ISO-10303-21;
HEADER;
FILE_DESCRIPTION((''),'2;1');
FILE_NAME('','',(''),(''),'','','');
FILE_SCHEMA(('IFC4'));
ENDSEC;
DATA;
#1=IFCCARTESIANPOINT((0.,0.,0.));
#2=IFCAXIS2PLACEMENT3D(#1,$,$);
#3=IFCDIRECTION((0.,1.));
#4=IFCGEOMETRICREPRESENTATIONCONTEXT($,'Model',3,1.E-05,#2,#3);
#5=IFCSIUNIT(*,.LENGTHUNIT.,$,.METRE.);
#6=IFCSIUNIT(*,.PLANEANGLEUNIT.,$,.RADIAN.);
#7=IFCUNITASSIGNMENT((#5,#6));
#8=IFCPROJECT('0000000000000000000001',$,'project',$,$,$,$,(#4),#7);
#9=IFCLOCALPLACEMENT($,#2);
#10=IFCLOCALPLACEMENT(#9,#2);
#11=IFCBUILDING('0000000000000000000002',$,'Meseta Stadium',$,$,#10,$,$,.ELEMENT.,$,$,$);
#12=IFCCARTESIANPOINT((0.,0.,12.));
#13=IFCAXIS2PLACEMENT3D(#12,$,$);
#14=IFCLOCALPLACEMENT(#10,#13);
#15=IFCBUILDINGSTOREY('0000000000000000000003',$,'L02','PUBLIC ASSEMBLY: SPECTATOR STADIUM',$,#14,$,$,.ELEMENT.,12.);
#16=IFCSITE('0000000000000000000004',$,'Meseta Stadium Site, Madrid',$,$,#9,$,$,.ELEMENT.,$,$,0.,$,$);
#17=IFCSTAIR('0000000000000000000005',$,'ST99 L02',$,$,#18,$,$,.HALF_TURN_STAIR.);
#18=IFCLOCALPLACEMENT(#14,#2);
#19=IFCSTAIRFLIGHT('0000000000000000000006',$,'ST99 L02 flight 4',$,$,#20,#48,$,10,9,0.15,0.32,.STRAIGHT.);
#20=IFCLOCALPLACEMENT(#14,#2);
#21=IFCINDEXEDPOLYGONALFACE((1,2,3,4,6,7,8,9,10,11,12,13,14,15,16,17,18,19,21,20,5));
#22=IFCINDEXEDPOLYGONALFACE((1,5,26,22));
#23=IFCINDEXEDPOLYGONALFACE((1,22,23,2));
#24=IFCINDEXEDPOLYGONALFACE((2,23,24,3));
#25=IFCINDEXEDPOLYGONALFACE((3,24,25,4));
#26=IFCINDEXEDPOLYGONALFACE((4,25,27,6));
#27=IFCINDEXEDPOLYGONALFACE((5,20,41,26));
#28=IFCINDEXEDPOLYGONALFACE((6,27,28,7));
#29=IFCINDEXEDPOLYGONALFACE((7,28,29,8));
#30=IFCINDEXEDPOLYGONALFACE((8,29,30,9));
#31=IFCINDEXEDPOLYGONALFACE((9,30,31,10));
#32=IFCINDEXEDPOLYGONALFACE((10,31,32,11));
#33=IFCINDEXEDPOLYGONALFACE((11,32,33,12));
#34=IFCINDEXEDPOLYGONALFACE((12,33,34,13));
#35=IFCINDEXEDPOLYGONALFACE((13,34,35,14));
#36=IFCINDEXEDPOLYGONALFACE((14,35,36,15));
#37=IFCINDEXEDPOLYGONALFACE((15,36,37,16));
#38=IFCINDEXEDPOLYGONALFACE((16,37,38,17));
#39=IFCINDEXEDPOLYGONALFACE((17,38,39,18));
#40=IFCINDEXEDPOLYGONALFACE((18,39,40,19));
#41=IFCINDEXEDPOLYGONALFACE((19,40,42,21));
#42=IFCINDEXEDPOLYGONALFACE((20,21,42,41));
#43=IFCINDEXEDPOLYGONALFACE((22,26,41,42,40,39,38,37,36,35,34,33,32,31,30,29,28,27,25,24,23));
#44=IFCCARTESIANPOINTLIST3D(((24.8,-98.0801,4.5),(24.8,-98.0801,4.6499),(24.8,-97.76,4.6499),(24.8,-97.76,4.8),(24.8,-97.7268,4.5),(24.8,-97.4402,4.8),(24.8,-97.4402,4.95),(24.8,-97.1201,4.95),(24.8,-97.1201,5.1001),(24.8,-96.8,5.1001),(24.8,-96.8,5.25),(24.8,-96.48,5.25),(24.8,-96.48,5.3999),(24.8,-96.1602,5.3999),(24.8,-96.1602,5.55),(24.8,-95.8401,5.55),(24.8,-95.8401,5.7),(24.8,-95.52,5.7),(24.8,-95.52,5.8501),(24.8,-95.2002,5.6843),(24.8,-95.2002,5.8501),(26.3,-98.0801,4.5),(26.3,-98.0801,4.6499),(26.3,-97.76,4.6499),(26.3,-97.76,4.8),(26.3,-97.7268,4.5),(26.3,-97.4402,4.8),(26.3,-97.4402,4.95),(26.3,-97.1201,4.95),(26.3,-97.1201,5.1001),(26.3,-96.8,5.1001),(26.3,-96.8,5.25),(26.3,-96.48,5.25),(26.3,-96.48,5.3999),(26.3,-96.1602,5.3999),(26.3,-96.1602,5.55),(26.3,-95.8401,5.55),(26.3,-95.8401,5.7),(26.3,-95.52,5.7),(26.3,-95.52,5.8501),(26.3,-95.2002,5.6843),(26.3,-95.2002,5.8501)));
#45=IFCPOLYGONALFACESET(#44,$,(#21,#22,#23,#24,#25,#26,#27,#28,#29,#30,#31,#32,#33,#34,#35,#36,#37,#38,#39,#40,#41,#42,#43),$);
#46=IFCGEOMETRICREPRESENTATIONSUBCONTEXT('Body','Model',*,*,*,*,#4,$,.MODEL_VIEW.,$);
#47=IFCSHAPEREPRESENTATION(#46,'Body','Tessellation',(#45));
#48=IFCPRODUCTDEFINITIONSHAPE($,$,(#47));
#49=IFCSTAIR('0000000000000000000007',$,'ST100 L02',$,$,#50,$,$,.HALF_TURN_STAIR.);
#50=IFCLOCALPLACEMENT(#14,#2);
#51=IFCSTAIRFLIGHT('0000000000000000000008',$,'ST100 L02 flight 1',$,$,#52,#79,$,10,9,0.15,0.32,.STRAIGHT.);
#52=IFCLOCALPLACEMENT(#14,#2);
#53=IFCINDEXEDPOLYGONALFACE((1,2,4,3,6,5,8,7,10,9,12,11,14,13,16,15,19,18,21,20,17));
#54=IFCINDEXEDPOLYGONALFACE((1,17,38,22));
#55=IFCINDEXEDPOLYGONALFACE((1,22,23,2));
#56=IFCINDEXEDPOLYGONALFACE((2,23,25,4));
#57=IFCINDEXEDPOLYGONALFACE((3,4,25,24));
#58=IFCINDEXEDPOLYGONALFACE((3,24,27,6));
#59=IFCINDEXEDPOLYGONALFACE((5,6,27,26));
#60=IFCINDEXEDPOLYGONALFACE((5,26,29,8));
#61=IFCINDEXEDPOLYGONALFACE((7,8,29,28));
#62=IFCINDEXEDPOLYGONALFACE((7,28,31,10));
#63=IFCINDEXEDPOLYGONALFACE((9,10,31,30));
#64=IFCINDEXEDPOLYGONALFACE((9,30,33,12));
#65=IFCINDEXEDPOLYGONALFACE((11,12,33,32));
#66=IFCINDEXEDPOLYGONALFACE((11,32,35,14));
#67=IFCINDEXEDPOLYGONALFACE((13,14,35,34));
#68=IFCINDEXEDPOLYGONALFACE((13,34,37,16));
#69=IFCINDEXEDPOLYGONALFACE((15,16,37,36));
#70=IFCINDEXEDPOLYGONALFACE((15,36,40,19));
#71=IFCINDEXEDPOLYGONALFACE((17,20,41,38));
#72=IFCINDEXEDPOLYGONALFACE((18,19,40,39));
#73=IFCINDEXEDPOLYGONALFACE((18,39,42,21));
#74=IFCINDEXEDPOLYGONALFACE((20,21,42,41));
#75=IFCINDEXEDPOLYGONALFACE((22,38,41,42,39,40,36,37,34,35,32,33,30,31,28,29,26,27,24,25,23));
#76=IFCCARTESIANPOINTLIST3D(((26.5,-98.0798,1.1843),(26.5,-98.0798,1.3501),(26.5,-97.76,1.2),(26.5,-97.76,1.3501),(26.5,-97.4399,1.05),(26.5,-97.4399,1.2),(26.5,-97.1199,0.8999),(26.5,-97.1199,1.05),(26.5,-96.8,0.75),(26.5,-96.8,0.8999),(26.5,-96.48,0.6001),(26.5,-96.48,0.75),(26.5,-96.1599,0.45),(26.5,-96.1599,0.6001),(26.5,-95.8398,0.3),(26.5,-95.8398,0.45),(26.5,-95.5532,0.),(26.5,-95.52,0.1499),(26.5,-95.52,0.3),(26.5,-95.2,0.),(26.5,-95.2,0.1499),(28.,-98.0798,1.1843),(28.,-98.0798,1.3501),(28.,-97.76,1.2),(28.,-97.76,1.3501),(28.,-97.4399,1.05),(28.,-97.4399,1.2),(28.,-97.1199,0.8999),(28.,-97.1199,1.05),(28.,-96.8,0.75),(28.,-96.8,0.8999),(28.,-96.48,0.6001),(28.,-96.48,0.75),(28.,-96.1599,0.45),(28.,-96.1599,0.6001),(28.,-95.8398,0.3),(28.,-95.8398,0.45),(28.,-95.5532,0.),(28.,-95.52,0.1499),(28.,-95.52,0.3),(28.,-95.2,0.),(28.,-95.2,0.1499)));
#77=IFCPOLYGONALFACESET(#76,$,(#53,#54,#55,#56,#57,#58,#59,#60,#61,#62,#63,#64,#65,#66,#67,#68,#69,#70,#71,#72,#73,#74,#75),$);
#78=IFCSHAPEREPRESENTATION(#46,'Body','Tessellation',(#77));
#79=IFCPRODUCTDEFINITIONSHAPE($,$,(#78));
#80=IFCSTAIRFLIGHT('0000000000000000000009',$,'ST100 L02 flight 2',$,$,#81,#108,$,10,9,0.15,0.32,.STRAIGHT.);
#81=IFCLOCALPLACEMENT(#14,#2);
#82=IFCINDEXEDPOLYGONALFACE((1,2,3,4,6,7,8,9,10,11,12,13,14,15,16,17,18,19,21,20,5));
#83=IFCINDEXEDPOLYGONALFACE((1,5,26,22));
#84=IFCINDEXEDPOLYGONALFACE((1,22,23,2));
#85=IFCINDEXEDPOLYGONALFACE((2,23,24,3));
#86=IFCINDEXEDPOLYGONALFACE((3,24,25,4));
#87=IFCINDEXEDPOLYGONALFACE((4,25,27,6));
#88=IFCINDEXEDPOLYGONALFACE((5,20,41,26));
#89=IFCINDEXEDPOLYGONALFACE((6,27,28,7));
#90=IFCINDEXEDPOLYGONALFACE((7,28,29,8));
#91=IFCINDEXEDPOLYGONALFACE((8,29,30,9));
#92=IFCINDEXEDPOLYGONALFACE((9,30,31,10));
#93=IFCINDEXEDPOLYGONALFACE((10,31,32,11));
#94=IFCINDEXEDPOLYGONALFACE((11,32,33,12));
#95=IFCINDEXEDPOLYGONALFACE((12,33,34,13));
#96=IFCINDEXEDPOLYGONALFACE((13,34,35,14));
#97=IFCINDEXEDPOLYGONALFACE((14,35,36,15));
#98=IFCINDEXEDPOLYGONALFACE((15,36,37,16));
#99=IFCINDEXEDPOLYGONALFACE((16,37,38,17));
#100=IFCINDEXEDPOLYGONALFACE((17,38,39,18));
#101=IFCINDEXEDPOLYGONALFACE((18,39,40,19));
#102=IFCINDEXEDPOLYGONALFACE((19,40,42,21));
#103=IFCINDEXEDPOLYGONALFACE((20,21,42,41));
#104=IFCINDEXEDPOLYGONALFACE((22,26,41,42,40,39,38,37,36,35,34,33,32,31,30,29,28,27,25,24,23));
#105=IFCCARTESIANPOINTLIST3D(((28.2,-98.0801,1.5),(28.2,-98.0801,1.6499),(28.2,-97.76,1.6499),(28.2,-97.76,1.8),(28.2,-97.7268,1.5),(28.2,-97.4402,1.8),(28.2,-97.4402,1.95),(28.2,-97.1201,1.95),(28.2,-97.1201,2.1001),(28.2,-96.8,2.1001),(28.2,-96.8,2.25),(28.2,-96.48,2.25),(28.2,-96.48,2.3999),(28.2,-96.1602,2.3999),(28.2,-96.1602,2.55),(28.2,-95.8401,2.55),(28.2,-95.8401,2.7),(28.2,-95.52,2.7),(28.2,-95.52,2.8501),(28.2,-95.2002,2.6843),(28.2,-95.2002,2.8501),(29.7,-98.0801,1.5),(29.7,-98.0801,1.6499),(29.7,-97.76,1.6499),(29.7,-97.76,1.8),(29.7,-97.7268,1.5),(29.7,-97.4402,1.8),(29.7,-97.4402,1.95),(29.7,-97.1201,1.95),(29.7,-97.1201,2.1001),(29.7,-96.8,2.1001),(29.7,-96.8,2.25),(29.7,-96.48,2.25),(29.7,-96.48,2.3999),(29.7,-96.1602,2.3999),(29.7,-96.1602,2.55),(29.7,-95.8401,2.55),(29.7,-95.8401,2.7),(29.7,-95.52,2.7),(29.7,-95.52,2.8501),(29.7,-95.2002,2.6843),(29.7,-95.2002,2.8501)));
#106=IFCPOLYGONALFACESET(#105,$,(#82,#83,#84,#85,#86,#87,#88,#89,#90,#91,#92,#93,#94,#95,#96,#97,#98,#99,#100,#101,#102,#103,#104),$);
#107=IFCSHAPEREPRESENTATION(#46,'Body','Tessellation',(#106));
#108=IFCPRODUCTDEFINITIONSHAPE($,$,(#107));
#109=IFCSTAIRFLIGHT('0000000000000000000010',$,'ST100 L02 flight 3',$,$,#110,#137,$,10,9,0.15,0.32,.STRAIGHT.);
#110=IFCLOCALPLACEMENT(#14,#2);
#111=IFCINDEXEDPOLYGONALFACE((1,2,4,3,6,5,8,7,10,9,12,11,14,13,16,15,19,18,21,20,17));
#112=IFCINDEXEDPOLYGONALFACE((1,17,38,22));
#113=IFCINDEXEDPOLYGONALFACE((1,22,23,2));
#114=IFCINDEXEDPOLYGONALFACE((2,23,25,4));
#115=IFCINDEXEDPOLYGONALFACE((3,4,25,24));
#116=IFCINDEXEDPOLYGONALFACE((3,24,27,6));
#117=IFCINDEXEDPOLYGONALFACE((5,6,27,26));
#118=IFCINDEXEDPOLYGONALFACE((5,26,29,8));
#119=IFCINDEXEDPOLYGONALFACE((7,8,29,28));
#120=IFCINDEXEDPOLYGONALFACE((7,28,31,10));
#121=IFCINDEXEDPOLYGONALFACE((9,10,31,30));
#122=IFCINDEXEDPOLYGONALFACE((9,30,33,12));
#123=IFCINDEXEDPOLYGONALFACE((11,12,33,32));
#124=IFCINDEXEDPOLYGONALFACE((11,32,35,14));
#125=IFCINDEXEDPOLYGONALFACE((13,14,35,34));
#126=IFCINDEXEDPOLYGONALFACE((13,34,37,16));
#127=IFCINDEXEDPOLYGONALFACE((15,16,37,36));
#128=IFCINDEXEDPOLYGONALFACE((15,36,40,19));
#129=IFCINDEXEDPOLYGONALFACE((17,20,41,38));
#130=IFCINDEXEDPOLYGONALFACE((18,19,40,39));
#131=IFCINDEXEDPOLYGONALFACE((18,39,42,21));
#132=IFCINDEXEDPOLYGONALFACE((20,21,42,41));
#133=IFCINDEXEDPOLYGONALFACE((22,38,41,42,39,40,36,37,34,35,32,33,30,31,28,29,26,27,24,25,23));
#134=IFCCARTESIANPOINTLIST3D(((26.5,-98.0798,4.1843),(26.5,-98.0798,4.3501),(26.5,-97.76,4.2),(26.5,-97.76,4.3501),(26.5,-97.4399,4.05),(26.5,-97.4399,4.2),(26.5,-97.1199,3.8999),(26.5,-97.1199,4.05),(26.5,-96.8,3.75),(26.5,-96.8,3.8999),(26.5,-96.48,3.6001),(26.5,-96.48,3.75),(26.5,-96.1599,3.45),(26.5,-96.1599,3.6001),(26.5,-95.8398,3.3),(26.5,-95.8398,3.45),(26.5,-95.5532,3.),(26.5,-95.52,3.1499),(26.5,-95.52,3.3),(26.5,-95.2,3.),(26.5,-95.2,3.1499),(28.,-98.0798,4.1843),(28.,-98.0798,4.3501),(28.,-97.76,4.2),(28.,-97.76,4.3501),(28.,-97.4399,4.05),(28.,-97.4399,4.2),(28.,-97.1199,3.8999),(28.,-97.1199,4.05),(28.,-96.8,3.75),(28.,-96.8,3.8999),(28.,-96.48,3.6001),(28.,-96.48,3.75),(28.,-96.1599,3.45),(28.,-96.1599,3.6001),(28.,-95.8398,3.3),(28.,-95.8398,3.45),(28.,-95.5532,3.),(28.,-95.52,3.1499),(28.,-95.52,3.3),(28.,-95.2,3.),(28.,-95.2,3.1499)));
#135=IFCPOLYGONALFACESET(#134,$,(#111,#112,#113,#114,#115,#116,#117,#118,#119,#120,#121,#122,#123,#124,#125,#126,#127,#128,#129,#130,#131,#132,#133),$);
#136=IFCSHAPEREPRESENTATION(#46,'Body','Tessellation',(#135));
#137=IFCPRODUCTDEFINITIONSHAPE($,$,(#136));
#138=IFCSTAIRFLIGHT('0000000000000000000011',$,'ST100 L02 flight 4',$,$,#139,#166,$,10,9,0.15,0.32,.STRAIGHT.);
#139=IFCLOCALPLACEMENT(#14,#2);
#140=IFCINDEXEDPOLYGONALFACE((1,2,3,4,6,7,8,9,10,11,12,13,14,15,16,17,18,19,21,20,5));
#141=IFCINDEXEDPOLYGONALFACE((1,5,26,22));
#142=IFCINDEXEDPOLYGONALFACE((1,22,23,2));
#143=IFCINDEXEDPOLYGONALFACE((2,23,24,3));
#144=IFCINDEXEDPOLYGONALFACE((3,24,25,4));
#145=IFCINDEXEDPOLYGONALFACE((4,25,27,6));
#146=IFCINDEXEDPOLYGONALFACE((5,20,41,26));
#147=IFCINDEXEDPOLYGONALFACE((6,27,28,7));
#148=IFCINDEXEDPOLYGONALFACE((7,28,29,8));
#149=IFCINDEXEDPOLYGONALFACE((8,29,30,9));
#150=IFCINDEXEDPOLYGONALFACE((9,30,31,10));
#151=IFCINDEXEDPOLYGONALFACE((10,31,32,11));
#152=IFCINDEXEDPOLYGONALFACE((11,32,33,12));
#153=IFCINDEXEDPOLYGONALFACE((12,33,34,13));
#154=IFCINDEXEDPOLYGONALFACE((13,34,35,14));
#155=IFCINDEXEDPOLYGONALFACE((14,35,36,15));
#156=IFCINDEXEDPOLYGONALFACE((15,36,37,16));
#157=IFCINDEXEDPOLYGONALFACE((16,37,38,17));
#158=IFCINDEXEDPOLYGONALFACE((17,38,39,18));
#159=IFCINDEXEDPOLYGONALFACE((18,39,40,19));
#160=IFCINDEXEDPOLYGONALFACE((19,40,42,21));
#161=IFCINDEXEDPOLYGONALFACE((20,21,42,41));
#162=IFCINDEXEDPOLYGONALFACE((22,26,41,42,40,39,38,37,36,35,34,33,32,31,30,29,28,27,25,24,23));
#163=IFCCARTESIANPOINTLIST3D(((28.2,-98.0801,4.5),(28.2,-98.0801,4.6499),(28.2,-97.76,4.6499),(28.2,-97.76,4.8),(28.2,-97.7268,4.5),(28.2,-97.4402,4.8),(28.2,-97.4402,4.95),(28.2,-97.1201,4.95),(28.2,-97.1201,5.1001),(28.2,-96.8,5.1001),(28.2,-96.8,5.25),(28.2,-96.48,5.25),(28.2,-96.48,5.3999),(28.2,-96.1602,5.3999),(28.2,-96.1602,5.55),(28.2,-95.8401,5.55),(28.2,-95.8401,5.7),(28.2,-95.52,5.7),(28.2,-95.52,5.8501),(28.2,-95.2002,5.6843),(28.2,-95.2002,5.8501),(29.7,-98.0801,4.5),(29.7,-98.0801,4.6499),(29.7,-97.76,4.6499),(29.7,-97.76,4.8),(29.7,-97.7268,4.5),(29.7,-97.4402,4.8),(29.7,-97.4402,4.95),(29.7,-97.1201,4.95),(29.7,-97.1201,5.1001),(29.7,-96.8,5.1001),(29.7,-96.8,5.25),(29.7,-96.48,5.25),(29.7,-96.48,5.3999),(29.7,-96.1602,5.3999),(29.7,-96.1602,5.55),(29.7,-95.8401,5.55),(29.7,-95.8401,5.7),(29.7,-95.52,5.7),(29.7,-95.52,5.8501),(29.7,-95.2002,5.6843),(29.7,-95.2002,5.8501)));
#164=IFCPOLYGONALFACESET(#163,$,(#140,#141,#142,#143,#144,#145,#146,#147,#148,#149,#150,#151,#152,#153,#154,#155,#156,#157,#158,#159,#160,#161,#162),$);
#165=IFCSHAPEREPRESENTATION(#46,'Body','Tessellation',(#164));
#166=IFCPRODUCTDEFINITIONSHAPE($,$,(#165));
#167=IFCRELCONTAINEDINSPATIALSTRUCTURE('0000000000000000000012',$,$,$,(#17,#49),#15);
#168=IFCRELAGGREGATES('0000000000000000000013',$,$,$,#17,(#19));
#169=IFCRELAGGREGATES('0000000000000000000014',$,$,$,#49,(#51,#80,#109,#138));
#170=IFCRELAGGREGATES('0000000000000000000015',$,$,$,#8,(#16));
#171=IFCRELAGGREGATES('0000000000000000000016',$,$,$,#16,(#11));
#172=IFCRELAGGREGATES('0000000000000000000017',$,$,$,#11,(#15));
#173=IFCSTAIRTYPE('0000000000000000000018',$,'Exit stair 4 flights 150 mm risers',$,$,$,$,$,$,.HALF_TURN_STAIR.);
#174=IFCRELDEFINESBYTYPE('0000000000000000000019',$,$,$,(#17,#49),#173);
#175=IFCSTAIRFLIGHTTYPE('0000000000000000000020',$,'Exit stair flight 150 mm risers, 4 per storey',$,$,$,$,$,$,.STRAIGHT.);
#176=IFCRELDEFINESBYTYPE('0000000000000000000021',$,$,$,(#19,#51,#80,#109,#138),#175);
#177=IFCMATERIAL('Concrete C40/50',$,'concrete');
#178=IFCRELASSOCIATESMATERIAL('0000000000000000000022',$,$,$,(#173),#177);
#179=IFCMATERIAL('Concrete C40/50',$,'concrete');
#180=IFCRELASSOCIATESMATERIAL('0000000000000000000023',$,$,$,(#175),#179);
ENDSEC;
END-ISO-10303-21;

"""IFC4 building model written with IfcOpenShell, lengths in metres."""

from ifc_helpers import new_model, si_unit, direction, frame, origin, place, context, subcontext, project, spatial, polyline, outline, extrude, material, type_object, element, aggregate, save


model = new_model("IFC4")

# Units and contexts
model_context = context("Model", 3, precision=1e-05, world=origin(), true_north=direction((0.0, 1.0)))
body_context = subcontext(model_context, "Body", "Model", "MODEL_VIEW")
ifc_project = project(units=[si_unit("LENGTHUNIT", "METRE"), si_unit("PLANEANGLEUNIT", "RADIAN")], contexts=[model_context])

# Site, building, storey
site_placement = place(None, origin())
site = spatial("IfcSite", under=ifc_project, at=site_placement, Name="Meseta Stadium Site, Madrid", CompositionType="ELEMENT", RefElevation=0.0)
building_placement = place(site_placement, origin())
building = spatial("IfcBuilding", under=site, at=building_placement, Name="Meseta Stadium", CompositionType="ELEMENT")
storey_placement = place(building_placement, frame((0.0, 0.0, 12.0)))
storey = spatial("IfcBuildingStorey", under=building, at=storey_placement, Name="L02", Description="PUBLIC ASSEMBLY: SPECTATOR STADIUM", CompositionType="ELEMENT", Elevation=12.0)

# Stairs, stair flights
ifc_material_1 = material(Name="Concrete C40/50", Category="concrete")
stair_type = type_object("IfcStairType", Name="Exit stair 4 flights 150 mm risers", PredefinedType="HALF_TURN_STAIR", material=ifc_material_1)
stair_1_placement = place(storey_placement, origin())
stair_1 = element("IfcStair", 1, at=stair_1_placement, inside=storey, type_object=stair_type, Name="ST99 L02", PredefinedType="HALF_TURN_STAIR")
ifc_material_2 = material(Name="Concrete C40/50", Category="concrete")
stair_flight_type = type_object("IfcStairFlightType", Name="Exit stair flight 150 mm risers, 4 per storey", PredefinedType="STRAIGHT", material=ifc_material_2)
stair_flight_1_placement = place(storey_placement, frame((25.55, -98.0801, 4.5), z_axis=(0.0, 0.0, 1.0), x_axis=(0.0, 1.0, 0.0)))
stair_flight_1 = element("IfcStairFlight", 2, at=stair_flight_1_placement, type_object=stair_flight_type, Name="ST99 L02 flight 4", NumberOfRisers=10, NumberOfTreads=9, PredefinedType="STRAIGHT", RiserHeight=0.15, TreadLength=0.32, context=body_context, shape_type="SweptSolid", body=[
    extrude(outline(polyline([(0.0, 0.0), (0.0, 0.1499), (0.3201, 0.1499), (0.3201, 0.3), (0.6399, 0.3), (0.6399, 0.45), (0.96, 0.45), (0.96, 0.6001), (1.28, 0.6001), (1.28, 0.75), (1.6001, 0.75), (1.6001, 0.8999), (1.9199, 0.8999), (1.9199, 1.05), (2.24, 1.05), (2.24, 1.2), (2.5601, 1.2), (2.5601, 1.3501), (2.8799, 1.3501), (2.8799, 1.1843), (0.3533, 0.0), (0.0, 0.0)])), frame((0.0, 0.75, 0.0), z_axis=(0.0, -1.0, 0.0), x_axis=(1.0, 0.0, 0.0)), (0.0, 0.0, 1.0), 1.5),
])
aggregate(stair_1, [stair_flight_1])
stair_2_placement = place(storey_placement, origin())
stair_2 = element("IfcStair", 3, at=stair_2_placement, inside=storey, type_object=stair_type, Name="ST100 L02", PredefinedType="HALF_TURN_STAIR")
stair_flight_2_placement = place(storey_placement, frame((27.25, -95.2, 0.0), z_axis=(0.0, 0.0, 1.0), x_axis=(0.0, -1.0, 0.0)))
stair_flight_2 = element("IfcStairFlight", 4, at=stair_flight_2_placement, type_object=stair_flight_type, Name="ST100 L02 flight 1", NumberOfRisers=10, NumberOfTreads=9, PredefinedType="STRAIGHT", RiserHeight=0.15, TreadLength=0.32, context=body_context, shape_type="SweptSolid", body=[
    extrude(outline(polyline([(0.0, 0.0), (0.0, 0.1499), (0.3201, 0.1499), (0.3201, 0.3), (0.6399, 0.3), (0.6399, 0.45), (0.96, 0.45), (0.96, 0.6001), (1.28, 0.6001), (1.28, 0.75), (1.6001, 0.75), (1.6001, 0.8999), (1.9199, 0.8999), (1.9199, 1.05), (2.24, 1.05), (2.24, 1.2), (2.5601, 1.2), (2.5601, 1.3501), (2.8799, 1.3501), (2.8799, 1.1843), (0.3533, 0.0), (0.0, 0.0)])), frame((0.0, 0.75, 0.0), z_axis=(0.0, -1.0, 0.0), x_axis=(1.0, 0.0, 0.0)), (0.0, 0.0, 1.0), 1.5),
])
stair_flight_3_placement = place(storey_placement, frame((28.95, -98.0801, 1.5), z_axis=(0.0, 0.0, 1.0), x_axis=(0.0, 1.0, 0.0)))
stair_flight_3 = element("IfcStairFlight", 5, at=stair_flight_3_placement, type_object=stair_flight_type, Name="ST100 L02 flight 2", NumberOfRisers=10, NumberOfTreads=9, PredefinedType="STRAIGHT", RiserHeight=0.15, TreadLength=0.32, context=body_context, shape_type="SweptSolid", body=[
    extrude(outline(polyline([(0.0, 0.0), (0.0, 0.1499), (0.3201, 0.1499), (0.3201, 0.3), (0.6399, 0.3), (0.6399, 0.45), (0.96, 0.45), (0.96, 0.6001), (1.28, 0.6001), (1.28, 0.75), (1.6001, 0.75), (1.6001, 0.8999), (1.9199, 0.8999), (1.9199, 1.05), (2.24, 1.05), (2.24, 1.2), (2.5601, 1.2), (2.5601, 1.3501), (2.8799, 1.3501), (2.8799, 1.1843), (0.3533, 0.0), (0.0, 0.0)])), frame((0.0, 0.75, 0.0), z_axis=(0.0, -1.0, 0.0), x_axis=(1.0, 0.0, 0.0)), (0.0, 0.0, 1.0), 1.5),
])
stair_flight_4_placement = place(storey_placement, frame((27.25, -95.2, 3.0), z_axis=(0.0, 0.0, 1.0), x_axis=(0.0, -1.0, 0.0)))
stair_flight_4 = element("IfcStairFlight", 6, at=stair_flight_4_placement, type_object=stair_flight_type, Name="ST100 L02 flight 3", NumberOfRisers=10, NumberOfTreads=9, PredefinedType="STRAIGHT", RiserHeight=0.15, TreadLength=0.32, context=body_context, shape_type="SweptSolid", body=[
    extrude(outline(polyline([(0.0, 0.0), (0.0, 0.1499), (0.3201, 0.1499), (0.3201, 0.3), (0.6399, 0.3), (0.6399, 0.45), (0.96, 0.45), (0.96, 0.6001), (1.28, 0.6001), (1.28, 0.75), (1.6001, 0.75), (1.6001, 0.8999), (1.9199, 0.8999), (1.9199, 1.05), (2.24, 1.05), (2.24, 1.2), (2.5601, 1.2), (2.5601, 1.3501), (2.8799, 1.3501), (2.8799, 1.1843), (0.3533, 0.0), (0.0, 0.0)])), frame((0.0, 0.75, 0.0), z_axis=(0.0, -1.0, 0.0), x_axis=(1.0, 0.0, 0.0)), (0.0, 0.0, 1.0), 1.5),
])
stair_flight_5_placement = place(storey_placement, frame((28.95, -98.0801, 4.5), z_axis=(0.0, 0.0, 1.0), x_axis=(0.0, 1.0, 0.0)))
stair_flight_5 = element("IfcStairFlight", 7, at=stair_flight_5_placement, type_object=stair_flight_type, Name="ST100 L02 flight 4", NumberOfRisers=10, NumberOfTreads=9, PredefinedType="STRAIGHT", RiserHeight=0.15, TreadLength=0.32, context=body_context, shape_type="SweptSolid", body=[
    extrude(outline(polyline([(0.0, 0.0), (0.0, 0.1499), (0.3201, 0.1499), (0.3201, 0.3), (0.6399, 0.3), (0.6399, 0.45), (0.96, 0.45), (0.96, 0.6001), (1.28, 0.6001), (1.28, 0.75), (1.6001, 0.75), (1.6001, 0.8999), (1.9199, 0.8999), (1.9199, 1.05), (2.24, 1.05), (2.24, 1.2), (2.5601, 1.2), (2.5601, 1.3501), (2.8799, 1.3501), (2.8799, 1.1843), (0.3533, 0.0), (0.0, 0.0)])), frame((0.0, 0.75, 0.0), z_axis=(0.0, -1.0, 0.0), x_axis=(1.0, 0.0, 0.0)), (0.0, 0.0, 1.0), 1.5),
])
aggregate(stair_2, [stair_flight_2, stair_flight_3, stair_flight_4, stair_flight_5])

save(model, "model.ifc")
